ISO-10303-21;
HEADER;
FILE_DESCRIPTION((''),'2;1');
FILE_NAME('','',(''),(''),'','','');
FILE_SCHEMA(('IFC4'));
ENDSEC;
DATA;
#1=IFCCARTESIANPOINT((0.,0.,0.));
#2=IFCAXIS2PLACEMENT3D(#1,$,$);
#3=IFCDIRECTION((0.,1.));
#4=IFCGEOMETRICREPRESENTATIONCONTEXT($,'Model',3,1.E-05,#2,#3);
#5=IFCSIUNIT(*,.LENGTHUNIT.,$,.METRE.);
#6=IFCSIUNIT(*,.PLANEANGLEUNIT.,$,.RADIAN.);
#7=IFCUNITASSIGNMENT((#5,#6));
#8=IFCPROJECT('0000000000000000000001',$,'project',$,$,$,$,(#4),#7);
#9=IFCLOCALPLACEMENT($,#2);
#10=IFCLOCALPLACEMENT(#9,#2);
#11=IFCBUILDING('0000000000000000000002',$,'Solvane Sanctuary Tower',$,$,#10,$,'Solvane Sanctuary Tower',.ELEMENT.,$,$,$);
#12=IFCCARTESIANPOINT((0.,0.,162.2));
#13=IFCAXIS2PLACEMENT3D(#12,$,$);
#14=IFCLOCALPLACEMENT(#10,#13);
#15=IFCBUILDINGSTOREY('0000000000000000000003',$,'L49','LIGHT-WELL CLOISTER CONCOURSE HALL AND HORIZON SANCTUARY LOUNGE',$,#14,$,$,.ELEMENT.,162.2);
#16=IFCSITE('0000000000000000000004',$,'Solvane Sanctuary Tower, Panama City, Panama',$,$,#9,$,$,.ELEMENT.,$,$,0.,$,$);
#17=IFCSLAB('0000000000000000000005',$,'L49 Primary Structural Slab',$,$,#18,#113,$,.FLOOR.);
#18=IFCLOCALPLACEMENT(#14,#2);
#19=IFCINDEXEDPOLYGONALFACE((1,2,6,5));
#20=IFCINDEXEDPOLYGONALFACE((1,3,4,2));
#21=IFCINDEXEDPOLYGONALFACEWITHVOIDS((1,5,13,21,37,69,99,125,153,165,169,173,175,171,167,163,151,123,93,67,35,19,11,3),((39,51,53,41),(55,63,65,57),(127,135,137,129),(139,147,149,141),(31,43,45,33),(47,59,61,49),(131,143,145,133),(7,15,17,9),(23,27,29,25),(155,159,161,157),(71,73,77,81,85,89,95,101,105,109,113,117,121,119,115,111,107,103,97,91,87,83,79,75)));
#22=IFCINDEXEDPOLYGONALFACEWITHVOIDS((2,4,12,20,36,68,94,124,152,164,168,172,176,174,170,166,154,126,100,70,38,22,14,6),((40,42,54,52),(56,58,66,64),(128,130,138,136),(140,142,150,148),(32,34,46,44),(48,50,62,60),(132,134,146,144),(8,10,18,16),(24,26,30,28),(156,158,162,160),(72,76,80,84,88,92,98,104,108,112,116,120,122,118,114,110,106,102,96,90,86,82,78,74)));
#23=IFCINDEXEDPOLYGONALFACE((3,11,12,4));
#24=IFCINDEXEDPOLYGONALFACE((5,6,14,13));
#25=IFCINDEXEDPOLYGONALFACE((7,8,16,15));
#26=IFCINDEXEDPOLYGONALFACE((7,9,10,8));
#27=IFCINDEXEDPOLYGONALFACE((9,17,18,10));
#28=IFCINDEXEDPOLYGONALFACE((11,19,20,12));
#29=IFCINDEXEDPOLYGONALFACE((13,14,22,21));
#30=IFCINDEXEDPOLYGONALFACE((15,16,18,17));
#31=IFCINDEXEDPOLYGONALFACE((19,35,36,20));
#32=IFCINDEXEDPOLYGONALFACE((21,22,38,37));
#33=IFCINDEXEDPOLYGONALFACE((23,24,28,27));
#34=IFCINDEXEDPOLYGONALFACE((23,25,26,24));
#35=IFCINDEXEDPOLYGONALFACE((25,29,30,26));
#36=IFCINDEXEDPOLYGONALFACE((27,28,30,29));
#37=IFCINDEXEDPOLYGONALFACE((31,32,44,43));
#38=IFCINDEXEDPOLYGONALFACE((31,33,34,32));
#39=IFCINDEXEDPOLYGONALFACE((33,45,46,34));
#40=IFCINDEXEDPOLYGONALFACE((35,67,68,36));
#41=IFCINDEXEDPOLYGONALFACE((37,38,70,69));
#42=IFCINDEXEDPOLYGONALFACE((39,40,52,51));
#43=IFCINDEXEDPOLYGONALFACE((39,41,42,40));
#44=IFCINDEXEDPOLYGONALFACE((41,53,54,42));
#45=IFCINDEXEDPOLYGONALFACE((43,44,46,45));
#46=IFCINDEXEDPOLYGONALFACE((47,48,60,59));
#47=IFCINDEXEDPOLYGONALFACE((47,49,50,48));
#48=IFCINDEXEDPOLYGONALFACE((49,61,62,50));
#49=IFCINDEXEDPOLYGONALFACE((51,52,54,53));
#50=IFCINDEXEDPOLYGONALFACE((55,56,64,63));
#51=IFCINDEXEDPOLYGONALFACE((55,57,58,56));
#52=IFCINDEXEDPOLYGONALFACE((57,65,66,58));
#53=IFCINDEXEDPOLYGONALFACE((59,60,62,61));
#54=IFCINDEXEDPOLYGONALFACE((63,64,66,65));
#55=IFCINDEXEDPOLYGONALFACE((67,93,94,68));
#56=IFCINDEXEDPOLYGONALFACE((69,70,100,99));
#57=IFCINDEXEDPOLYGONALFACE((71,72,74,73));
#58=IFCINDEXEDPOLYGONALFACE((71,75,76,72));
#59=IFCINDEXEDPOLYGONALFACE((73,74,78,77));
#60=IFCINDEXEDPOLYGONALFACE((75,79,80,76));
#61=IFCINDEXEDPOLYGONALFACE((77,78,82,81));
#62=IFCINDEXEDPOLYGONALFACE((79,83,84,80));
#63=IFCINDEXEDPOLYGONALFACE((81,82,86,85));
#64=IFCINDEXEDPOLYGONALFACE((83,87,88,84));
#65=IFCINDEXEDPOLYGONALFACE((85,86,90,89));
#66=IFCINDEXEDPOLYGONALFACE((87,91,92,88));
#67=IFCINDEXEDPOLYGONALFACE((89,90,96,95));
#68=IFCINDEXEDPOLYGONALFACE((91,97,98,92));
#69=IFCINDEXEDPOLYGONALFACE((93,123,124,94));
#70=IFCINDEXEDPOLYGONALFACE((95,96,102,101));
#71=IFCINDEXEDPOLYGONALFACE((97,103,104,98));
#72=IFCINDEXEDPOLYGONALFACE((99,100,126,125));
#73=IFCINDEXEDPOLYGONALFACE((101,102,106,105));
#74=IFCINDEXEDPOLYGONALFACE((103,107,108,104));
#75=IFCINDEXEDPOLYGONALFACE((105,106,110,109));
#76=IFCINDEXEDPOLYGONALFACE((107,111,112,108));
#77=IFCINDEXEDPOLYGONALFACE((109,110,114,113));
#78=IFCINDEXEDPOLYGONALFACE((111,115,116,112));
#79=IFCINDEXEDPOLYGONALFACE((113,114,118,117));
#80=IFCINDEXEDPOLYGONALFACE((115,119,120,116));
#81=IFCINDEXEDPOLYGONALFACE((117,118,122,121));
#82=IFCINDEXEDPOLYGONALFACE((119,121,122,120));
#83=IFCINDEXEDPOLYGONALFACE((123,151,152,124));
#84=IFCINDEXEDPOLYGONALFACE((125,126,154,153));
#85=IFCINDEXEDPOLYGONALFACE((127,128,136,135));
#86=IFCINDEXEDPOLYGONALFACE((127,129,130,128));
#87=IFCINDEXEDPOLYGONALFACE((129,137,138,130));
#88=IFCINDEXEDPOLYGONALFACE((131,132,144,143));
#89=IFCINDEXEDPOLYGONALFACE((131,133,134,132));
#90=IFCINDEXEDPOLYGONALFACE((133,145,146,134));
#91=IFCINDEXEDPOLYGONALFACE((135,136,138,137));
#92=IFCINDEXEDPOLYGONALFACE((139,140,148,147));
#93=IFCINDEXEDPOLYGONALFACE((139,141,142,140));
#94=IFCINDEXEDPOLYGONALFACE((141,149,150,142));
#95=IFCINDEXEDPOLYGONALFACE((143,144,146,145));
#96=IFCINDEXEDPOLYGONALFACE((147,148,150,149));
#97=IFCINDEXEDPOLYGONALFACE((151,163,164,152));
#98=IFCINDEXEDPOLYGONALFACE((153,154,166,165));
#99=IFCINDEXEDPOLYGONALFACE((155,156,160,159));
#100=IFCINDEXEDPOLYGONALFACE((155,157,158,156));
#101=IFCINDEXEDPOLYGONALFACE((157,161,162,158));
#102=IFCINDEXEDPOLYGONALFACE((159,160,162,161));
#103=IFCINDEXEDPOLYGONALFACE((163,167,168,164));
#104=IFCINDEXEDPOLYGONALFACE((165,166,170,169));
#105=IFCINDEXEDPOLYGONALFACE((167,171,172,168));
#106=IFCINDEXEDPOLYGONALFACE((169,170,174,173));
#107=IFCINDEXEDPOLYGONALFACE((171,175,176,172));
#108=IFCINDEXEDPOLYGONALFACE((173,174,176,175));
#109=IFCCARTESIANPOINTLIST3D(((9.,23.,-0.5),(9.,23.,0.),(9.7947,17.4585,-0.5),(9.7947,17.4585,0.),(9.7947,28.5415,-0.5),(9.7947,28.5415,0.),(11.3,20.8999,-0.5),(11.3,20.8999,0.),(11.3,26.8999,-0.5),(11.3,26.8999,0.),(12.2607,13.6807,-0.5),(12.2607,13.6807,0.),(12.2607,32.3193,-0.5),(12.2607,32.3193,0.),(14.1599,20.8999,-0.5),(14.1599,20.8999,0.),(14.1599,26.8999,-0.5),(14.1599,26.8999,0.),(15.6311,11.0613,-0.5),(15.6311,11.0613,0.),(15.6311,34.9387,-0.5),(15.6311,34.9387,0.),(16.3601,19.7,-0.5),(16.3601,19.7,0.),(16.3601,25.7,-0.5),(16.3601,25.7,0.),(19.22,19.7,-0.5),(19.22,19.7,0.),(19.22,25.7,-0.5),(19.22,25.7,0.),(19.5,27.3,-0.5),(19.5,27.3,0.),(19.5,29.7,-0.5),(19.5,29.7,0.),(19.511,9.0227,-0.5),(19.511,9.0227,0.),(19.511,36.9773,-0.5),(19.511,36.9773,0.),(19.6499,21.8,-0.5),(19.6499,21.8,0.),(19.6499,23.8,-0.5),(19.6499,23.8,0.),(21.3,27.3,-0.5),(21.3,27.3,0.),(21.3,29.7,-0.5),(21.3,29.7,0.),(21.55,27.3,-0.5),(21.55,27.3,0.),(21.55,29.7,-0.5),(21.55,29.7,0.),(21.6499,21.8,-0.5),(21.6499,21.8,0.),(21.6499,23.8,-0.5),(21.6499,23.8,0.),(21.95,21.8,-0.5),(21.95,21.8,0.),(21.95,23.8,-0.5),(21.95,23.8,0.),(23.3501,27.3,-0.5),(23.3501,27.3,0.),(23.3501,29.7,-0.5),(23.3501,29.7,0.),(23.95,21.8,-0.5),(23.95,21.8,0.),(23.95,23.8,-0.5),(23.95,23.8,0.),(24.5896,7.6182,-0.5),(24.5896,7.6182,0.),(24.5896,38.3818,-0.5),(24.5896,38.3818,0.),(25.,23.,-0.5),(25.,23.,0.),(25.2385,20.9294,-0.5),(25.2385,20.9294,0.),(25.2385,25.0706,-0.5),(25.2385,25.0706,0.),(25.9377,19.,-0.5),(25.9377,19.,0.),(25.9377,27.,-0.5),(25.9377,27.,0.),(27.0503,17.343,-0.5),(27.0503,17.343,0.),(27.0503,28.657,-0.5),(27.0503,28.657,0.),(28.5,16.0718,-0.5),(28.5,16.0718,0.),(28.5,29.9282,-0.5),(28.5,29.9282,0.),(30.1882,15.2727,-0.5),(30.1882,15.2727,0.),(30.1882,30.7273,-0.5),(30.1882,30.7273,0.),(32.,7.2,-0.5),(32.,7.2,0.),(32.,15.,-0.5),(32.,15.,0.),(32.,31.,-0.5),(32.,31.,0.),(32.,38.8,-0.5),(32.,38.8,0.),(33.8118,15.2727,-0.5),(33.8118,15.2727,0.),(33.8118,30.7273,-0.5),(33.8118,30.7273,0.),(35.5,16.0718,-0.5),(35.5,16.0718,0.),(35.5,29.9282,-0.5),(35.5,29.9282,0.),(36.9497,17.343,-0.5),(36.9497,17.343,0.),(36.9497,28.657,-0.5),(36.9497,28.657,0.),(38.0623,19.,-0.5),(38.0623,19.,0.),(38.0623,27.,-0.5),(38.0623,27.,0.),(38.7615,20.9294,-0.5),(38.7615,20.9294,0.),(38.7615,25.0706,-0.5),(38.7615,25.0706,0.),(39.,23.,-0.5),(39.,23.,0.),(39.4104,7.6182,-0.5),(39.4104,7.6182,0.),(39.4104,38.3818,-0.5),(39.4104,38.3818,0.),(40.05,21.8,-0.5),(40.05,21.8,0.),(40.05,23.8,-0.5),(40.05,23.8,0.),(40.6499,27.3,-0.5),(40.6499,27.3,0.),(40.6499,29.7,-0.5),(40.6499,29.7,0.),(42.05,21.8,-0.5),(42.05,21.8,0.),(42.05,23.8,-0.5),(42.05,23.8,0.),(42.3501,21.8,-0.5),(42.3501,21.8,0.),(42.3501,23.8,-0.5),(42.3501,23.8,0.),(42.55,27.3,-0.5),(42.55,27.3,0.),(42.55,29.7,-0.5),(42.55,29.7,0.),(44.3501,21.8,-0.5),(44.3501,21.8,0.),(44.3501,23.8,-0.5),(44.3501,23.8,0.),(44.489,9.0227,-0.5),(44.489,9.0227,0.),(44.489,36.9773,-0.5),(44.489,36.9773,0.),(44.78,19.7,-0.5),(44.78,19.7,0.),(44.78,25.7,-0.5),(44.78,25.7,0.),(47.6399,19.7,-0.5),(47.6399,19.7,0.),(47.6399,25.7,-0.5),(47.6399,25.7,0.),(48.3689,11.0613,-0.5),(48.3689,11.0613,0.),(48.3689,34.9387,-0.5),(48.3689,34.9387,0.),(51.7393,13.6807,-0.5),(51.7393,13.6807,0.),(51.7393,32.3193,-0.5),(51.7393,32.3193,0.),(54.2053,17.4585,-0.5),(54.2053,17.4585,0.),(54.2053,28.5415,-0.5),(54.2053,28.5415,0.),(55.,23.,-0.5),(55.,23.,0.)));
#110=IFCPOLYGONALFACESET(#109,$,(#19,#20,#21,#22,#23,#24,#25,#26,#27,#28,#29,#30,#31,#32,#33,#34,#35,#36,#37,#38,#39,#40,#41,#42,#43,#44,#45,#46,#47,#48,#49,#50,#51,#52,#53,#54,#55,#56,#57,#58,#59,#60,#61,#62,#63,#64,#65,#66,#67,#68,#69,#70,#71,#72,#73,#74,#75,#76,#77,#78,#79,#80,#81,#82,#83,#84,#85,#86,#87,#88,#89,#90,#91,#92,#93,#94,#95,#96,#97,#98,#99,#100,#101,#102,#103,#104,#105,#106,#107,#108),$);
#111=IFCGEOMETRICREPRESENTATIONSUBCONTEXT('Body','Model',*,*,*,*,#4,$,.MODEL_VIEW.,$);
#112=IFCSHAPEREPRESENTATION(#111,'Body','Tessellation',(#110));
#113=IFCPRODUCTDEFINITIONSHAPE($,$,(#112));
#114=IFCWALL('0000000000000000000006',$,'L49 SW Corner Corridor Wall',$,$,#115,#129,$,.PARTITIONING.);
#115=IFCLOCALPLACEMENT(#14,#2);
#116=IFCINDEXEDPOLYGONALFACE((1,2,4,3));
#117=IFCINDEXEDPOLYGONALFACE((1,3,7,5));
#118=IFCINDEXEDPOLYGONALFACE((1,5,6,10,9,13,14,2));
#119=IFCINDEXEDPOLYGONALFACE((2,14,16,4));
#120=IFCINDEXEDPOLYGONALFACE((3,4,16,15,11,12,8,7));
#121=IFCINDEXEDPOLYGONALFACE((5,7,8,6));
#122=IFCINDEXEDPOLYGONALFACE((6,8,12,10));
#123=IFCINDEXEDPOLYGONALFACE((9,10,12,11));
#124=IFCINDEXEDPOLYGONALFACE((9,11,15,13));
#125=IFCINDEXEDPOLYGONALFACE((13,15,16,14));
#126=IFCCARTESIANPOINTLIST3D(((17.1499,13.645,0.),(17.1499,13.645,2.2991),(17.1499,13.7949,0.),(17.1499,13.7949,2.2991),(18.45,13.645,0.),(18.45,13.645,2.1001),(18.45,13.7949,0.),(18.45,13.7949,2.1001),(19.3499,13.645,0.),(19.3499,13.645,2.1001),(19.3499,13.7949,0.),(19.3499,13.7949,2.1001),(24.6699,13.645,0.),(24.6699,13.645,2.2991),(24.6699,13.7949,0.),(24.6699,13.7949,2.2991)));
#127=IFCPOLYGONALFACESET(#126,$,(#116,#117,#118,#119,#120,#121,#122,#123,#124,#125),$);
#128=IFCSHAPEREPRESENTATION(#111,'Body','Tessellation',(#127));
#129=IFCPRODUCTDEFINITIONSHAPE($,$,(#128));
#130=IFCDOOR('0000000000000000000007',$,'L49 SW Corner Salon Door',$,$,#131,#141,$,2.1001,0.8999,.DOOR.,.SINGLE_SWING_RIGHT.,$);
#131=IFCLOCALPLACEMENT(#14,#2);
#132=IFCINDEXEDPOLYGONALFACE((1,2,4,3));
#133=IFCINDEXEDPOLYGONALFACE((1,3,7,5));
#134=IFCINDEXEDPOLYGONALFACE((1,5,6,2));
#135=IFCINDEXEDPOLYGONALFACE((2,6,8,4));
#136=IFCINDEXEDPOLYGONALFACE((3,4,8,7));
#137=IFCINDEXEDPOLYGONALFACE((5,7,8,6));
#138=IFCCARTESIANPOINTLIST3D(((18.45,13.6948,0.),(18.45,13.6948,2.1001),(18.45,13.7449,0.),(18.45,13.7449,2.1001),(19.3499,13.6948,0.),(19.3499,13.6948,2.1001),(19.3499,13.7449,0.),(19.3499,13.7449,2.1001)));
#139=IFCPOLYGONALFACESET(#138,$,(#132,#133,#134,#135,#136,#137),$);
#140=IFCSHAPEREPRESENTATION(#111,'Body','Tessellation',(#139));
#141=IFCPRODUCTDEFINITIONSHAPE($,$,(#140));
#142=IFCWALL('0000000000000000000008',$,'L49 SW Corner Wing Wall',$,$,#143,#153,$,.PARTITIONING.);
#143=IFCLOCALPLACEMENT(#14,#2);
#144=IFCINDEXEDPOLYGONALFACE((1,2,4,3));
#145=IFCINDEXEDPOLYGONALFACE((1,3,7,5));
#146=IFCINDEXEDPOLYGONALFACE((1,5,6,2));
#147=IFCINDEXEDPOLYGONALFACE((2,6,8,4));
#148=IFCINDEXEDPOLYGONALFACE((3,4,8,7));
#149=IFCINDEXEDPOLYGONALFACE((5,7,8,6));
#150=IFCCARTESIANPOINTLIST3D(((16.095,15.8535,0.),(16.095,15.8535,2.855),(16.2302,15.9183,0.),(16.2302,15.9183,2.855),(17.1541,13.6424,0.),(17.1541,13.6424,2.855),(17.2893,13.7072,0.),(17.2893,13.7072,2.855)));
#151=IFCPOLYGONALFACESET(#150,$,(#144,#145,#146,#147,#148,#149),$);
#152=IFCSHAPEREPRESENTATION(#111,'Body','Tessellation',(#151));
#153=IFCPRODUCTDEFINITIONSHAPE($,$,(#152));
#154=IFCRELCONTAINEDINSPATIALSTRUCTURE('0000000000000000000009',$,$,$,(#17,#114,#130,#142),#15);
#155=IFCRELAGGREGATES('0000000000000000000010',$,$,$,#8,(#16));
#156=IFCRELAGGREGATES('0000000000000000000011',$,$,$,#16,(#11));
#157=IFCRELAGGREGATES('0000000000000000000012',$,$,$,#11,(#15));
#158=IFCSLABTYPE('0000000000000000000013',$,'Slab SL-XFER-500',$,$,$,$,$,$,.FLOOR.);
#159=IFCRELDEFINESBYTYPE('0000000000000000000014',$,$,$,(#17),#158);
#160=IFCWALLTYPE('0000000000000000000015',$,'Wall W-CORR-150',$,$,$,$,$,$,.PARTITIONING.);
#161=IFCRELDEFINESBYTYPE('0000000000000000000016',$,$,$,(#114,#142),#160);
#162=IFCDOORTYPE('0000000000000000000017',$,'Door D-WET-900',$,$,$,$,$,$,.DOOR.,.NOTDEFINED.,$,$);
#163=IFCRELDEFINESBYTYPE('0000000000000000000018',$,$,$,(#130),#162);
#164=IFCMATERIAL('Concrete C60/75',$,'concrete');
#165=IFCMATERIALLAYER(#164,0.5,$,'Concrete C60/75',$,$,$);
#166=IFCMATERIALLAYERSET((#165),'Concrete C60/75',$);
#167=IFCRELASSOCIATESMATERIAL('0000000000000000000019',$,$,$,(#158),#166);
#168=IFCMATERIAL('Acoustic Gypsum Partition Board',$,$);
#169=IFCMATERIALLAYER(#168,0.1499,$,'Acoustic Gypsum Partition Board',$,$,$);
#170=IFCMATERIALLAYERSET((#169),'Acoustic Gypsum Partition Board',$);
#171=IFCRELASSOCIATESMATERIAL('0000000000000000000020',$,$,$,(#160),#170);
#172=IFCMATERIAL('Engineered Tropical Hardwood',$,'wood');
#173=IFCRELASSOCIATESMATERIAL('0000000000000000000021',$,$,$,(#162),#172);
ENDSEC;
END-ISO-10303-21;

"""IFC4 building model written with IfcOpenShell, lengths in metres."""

from ifc_helpers import new_model, si_unit, direction, frame, frame_2d, origin, place, context, subcontext, project, spatial, polyline, rectangle, outline, extrude, material, layer, layer_set, type_object, element, fill, save


model = new_model("IFC4")

# Units and contexts
model_context = context("Model", 3, precision=1e-05, world=origin(), true_north=direction((0.0, 1.0)))
body_context = subcontext(model_context, "Body", "Model", "MODEL_VIEW")
ifc_project = project(units=[si_unit("LENGTHUNIT", "METRE"), si_unit("PLANEANGLEUNIT", "RADIAN")], contexts=[model_context])

# Site, building, storey
site_placement = place(None, origin())
site = spatial("IfcSite", under=ifc_project, at=site_placement, Name="Solvane Sanctuary Tower, Panama City, Panama", CompositionType="ELEMENT", RefElevation=0.0)
building_placement = place(site_placement, origin())
building = spatial("IfcBuilding", under=site, at=building_placement, Name="Solvane Sanctuary Tower", LongName="Solvane Sanctuary Tower", CompositionType="ELEMENT")
storey_placement = place(building_placement, frame((0.0, 0.0, 162.2)))
storey = spatial("IfcBuildingStorey", under=building, at=storey_placement, Name="L49", Description="LIGHT-WELL CLOISTER CONCOURSE HALL AND HORIZON SANCTUARY LOUNGE", CompositionType="ELEMENT", Elevation=162.2)

# Shared definitions
ifc_material_1 = material(Name="Concrete C60/75", Category="concrete")

# Slab
ifc_layer_1 = layer(ifc_material_1, 0.5, Name="Concrete C60/75")
ifc_layer_set_1 = layer_set([ifc_layer_1], Name="Concrete C60/75")
slab_type_1 = type_object("IfcSlabType", Name="Slab SL-XFER-500", PredefinedType="FLOOR", material=ifc_layer_set_1)
slab_1_placement = place(storey_placement, frame((0.0, 0.0, -0.5)))
element("IfcSlab", 1, at=slab_1_placement, inside=storey, type_object=slab_type_1, Name="L49 Primary Structural Slab", PredefinedType="FLOOR", context=body_context, shape_type="SweptSolid", body=[
    extrude(outline(polyline([(55.0, 23.0), (54.2053, 28.5415), (51.7393, 32.3193), (48.3689, 34.9387), (44.489, 36.9773), (39.4104, 38.3818), (32.0, 38.8), (24.5896, 38.3818), (19.511, 36.9773), (15.6311, 34.9387), (12.2607, 32.3193), (9.7947, 28.5415), (9.0, 23.0), (9.7947, 17.4585), (12.2607, 13.6807), (15.6311, 11.0613), (19.511, 9.0227), (24.5896, 7.6182), (32.0, 7.2), (39.4104, 7.6182), (44.489, 9.0227), (48.3689, 11.0613), (51.7393, 13.6807), (54.2053, 17.4585), (55.0, 23.0)]), holes=[polyline([(38.7615, 20.9294), (38.0623, 19.0), (36.9497, 17.343), (35.5, 16.0718), (33.8118, 15.2727), (32.0, 15.0), (30.1882, 15.2727), (28.5, 16.0718), (27.0503, 17.343), (25.9377, 19.0), (25.2385, 20.9294), (25.0, 23.0), (25.2385, 25.0706), (25.9377, 27.0), (27.0503, 28.657), (28.5, 29.9282), (30.1882, 30.7273), (32.0, 31.0), (33.8118, 30.7273), (35.5, 29.9282), (36.9497, 28.657), (38.0623, 27.0), (38.7615, 25.0706), (39.0, 23.0), (38.7615, 20.9294)]), polyline([(16.3601, 19.7), (16.3601, 25.7), (19.22, 25.7), (19.22, 19.7), (16.3601, 19.7)]), polyline([(44.78, 19.7), (44.78, 25.7), (47.6399, 25.7), (47.6399, 19.7), (44.78, 19.7)]), polyline([(11.3, 20.8999), (11.3, 26.8999), (14.1599, 26.8999), (14.1599, 20.8999), (11.3, 20.8999)]), polyline([(19.6499, 23.8), (21.6499, 23.8), (21.6499, 21.8), (19.6499, 21.8), (19.6499, 23.8)]), polyline([(42.3501, 23.8), (44.3501, 23.8), (44.3501, 21.8), (42.3501, 21.8), (42.3501, 23.8)]), polyline([(21.95, 23.8), (23.95, 23.8), (23.95, 21.8), (21.95, 21.8), (21.95, 23.8)]), polyline([(40.05, 23.8), (42.05, 23.8), (42.05, 21.8), (40.05, 21.8), (40.05, 23.8)]), polyline([(19.5, 29.7), (21.3, 29.7), (21.3, 27.3), (19.5, 27.3), (19.5, 29.7)]), polyline([(21.55, 29.7), (23.3501, 29.7), (23.3501, 27.3), (21.55, 27.3), (21.55, 29.7)]), polyline([(40.6499, 29.7), (42.55, 29.7), (42.55, 27.3), (40.6499, 27.3), (40.6499, 29.7)])]), origin(), (0.0, 0.0, 1.0), 0.5),
])

# Wall, opening, door
ifc_material_2 = material(Name="Acoustic Gypsum Partition Board")
ifc_layer_2 = layer(ifc_material_2, 0.1499, Name="Acoustic Gypsum Partition Board")
ifc_layer_set_2 = layer_set([ifc_layer_2], Name="Acoustic Gypsum Partition Board")
wall_type_1 = type_object("IfcWallType", Name="Wall W-CORR-150", PredefinedType="PARTITIONING", material=ifc_layer_set_2)
wall_1_placement = place(storey_placement, frame((17.1499, 13.72, 0.0), z_axis=(0.0, 0.0, 1.0), x_axis=(1.0, 0.0, 0.0)))
wall_1 = element("IfcWall", 2, at=wall_1_placement, inside=storey, type_object=wall_type_1, Name="L49 SW Corner Corridor Wall", PredefinedType="PARTITIONING", context=body_context, shape_type="SweptSolid", body=[
    extrude(rectangle(XDim=7.52, YDim=0.1499, at=frame_2d((3.76, 0.0))), origin(), (0.0, 0.0, 1.0), 2.2991),
])
opening_1_placement = place(wall_1_placement, frame((1.3, 0.0, 0.0)))
opening_1 = element("IfcOpeningElement", 3, at=opening_1_placement, cuts=wall_1, PredefinedType="OPENING", context=body_context, shape_type="SweptSolid", body=[
    extrude(rectangle(XDim=0.8999, YDim=2.1001, at=frame_2d((0.45, 1.05))), frame((0.0, 0.085, 0.0), z_axis=(0.0, -1.0, 0.0), x_axis=(1.0, 0.0, 0.0)), (0.0, 0.0, 1.0), 0.1699),
])
ifc_material_3 = material(Name="Engineered Tropical Hardwood", Category="wood")
door_type = type_object("IfcDoorType", Name="Door D-WET-900", OperationType="NOTDEFINED", PredefinedType="DOOR", material=ifc_material_3)
door_placement = place(opening_1_placement, origin())
door = element("IfcDoor", 4, at=door_placement, inside=storey, type_object=door_type, Name="L49 SW Corner Salon Door", OperationType="SINGLE_SWING_RIGHT", OverallHeight=2.1001, OverallWidth=0.8999, PredefinedType="DOOR", context=body_context, shape_type="SweptSolid", body=[
    extrude(rectangle(XDim=0.8999, YDim=2.1001, at=frame_2d((0.45, 1.05))), frame((0.0, 0.0249, 0.0), z_axis=(0.0, -1.0, 0.0), x_axis=(1.0, 0.0, 0.0)), (0.0, 0.0, 1.0), 0.05),
])
fill(opening_1, door)

# Wall
wall_2_placement = place(storey_placement, frame((17.2217, 13.6748, 0.0), z_axis=(0.0, 0.0, 1.0), x_axis=(-0.431973, 0.901886, 0.0)))
element("IfcWall", 5, at=wall_2_placement, inside=storey, type_object=wall_type_1, Name="L49 SW Corner Wing Wall", PredefinedType="PARTITIONING", context=body_context, shape_type="SweptSolid", body=[
    extrude(rectangle(XDim=2.4517, YDim=0.1499, at=frame_2d((1.2258, 0.0))), origin(), (0.0, 0.0, 1.0), 2.855),
])

save(model, "model.ifc")
